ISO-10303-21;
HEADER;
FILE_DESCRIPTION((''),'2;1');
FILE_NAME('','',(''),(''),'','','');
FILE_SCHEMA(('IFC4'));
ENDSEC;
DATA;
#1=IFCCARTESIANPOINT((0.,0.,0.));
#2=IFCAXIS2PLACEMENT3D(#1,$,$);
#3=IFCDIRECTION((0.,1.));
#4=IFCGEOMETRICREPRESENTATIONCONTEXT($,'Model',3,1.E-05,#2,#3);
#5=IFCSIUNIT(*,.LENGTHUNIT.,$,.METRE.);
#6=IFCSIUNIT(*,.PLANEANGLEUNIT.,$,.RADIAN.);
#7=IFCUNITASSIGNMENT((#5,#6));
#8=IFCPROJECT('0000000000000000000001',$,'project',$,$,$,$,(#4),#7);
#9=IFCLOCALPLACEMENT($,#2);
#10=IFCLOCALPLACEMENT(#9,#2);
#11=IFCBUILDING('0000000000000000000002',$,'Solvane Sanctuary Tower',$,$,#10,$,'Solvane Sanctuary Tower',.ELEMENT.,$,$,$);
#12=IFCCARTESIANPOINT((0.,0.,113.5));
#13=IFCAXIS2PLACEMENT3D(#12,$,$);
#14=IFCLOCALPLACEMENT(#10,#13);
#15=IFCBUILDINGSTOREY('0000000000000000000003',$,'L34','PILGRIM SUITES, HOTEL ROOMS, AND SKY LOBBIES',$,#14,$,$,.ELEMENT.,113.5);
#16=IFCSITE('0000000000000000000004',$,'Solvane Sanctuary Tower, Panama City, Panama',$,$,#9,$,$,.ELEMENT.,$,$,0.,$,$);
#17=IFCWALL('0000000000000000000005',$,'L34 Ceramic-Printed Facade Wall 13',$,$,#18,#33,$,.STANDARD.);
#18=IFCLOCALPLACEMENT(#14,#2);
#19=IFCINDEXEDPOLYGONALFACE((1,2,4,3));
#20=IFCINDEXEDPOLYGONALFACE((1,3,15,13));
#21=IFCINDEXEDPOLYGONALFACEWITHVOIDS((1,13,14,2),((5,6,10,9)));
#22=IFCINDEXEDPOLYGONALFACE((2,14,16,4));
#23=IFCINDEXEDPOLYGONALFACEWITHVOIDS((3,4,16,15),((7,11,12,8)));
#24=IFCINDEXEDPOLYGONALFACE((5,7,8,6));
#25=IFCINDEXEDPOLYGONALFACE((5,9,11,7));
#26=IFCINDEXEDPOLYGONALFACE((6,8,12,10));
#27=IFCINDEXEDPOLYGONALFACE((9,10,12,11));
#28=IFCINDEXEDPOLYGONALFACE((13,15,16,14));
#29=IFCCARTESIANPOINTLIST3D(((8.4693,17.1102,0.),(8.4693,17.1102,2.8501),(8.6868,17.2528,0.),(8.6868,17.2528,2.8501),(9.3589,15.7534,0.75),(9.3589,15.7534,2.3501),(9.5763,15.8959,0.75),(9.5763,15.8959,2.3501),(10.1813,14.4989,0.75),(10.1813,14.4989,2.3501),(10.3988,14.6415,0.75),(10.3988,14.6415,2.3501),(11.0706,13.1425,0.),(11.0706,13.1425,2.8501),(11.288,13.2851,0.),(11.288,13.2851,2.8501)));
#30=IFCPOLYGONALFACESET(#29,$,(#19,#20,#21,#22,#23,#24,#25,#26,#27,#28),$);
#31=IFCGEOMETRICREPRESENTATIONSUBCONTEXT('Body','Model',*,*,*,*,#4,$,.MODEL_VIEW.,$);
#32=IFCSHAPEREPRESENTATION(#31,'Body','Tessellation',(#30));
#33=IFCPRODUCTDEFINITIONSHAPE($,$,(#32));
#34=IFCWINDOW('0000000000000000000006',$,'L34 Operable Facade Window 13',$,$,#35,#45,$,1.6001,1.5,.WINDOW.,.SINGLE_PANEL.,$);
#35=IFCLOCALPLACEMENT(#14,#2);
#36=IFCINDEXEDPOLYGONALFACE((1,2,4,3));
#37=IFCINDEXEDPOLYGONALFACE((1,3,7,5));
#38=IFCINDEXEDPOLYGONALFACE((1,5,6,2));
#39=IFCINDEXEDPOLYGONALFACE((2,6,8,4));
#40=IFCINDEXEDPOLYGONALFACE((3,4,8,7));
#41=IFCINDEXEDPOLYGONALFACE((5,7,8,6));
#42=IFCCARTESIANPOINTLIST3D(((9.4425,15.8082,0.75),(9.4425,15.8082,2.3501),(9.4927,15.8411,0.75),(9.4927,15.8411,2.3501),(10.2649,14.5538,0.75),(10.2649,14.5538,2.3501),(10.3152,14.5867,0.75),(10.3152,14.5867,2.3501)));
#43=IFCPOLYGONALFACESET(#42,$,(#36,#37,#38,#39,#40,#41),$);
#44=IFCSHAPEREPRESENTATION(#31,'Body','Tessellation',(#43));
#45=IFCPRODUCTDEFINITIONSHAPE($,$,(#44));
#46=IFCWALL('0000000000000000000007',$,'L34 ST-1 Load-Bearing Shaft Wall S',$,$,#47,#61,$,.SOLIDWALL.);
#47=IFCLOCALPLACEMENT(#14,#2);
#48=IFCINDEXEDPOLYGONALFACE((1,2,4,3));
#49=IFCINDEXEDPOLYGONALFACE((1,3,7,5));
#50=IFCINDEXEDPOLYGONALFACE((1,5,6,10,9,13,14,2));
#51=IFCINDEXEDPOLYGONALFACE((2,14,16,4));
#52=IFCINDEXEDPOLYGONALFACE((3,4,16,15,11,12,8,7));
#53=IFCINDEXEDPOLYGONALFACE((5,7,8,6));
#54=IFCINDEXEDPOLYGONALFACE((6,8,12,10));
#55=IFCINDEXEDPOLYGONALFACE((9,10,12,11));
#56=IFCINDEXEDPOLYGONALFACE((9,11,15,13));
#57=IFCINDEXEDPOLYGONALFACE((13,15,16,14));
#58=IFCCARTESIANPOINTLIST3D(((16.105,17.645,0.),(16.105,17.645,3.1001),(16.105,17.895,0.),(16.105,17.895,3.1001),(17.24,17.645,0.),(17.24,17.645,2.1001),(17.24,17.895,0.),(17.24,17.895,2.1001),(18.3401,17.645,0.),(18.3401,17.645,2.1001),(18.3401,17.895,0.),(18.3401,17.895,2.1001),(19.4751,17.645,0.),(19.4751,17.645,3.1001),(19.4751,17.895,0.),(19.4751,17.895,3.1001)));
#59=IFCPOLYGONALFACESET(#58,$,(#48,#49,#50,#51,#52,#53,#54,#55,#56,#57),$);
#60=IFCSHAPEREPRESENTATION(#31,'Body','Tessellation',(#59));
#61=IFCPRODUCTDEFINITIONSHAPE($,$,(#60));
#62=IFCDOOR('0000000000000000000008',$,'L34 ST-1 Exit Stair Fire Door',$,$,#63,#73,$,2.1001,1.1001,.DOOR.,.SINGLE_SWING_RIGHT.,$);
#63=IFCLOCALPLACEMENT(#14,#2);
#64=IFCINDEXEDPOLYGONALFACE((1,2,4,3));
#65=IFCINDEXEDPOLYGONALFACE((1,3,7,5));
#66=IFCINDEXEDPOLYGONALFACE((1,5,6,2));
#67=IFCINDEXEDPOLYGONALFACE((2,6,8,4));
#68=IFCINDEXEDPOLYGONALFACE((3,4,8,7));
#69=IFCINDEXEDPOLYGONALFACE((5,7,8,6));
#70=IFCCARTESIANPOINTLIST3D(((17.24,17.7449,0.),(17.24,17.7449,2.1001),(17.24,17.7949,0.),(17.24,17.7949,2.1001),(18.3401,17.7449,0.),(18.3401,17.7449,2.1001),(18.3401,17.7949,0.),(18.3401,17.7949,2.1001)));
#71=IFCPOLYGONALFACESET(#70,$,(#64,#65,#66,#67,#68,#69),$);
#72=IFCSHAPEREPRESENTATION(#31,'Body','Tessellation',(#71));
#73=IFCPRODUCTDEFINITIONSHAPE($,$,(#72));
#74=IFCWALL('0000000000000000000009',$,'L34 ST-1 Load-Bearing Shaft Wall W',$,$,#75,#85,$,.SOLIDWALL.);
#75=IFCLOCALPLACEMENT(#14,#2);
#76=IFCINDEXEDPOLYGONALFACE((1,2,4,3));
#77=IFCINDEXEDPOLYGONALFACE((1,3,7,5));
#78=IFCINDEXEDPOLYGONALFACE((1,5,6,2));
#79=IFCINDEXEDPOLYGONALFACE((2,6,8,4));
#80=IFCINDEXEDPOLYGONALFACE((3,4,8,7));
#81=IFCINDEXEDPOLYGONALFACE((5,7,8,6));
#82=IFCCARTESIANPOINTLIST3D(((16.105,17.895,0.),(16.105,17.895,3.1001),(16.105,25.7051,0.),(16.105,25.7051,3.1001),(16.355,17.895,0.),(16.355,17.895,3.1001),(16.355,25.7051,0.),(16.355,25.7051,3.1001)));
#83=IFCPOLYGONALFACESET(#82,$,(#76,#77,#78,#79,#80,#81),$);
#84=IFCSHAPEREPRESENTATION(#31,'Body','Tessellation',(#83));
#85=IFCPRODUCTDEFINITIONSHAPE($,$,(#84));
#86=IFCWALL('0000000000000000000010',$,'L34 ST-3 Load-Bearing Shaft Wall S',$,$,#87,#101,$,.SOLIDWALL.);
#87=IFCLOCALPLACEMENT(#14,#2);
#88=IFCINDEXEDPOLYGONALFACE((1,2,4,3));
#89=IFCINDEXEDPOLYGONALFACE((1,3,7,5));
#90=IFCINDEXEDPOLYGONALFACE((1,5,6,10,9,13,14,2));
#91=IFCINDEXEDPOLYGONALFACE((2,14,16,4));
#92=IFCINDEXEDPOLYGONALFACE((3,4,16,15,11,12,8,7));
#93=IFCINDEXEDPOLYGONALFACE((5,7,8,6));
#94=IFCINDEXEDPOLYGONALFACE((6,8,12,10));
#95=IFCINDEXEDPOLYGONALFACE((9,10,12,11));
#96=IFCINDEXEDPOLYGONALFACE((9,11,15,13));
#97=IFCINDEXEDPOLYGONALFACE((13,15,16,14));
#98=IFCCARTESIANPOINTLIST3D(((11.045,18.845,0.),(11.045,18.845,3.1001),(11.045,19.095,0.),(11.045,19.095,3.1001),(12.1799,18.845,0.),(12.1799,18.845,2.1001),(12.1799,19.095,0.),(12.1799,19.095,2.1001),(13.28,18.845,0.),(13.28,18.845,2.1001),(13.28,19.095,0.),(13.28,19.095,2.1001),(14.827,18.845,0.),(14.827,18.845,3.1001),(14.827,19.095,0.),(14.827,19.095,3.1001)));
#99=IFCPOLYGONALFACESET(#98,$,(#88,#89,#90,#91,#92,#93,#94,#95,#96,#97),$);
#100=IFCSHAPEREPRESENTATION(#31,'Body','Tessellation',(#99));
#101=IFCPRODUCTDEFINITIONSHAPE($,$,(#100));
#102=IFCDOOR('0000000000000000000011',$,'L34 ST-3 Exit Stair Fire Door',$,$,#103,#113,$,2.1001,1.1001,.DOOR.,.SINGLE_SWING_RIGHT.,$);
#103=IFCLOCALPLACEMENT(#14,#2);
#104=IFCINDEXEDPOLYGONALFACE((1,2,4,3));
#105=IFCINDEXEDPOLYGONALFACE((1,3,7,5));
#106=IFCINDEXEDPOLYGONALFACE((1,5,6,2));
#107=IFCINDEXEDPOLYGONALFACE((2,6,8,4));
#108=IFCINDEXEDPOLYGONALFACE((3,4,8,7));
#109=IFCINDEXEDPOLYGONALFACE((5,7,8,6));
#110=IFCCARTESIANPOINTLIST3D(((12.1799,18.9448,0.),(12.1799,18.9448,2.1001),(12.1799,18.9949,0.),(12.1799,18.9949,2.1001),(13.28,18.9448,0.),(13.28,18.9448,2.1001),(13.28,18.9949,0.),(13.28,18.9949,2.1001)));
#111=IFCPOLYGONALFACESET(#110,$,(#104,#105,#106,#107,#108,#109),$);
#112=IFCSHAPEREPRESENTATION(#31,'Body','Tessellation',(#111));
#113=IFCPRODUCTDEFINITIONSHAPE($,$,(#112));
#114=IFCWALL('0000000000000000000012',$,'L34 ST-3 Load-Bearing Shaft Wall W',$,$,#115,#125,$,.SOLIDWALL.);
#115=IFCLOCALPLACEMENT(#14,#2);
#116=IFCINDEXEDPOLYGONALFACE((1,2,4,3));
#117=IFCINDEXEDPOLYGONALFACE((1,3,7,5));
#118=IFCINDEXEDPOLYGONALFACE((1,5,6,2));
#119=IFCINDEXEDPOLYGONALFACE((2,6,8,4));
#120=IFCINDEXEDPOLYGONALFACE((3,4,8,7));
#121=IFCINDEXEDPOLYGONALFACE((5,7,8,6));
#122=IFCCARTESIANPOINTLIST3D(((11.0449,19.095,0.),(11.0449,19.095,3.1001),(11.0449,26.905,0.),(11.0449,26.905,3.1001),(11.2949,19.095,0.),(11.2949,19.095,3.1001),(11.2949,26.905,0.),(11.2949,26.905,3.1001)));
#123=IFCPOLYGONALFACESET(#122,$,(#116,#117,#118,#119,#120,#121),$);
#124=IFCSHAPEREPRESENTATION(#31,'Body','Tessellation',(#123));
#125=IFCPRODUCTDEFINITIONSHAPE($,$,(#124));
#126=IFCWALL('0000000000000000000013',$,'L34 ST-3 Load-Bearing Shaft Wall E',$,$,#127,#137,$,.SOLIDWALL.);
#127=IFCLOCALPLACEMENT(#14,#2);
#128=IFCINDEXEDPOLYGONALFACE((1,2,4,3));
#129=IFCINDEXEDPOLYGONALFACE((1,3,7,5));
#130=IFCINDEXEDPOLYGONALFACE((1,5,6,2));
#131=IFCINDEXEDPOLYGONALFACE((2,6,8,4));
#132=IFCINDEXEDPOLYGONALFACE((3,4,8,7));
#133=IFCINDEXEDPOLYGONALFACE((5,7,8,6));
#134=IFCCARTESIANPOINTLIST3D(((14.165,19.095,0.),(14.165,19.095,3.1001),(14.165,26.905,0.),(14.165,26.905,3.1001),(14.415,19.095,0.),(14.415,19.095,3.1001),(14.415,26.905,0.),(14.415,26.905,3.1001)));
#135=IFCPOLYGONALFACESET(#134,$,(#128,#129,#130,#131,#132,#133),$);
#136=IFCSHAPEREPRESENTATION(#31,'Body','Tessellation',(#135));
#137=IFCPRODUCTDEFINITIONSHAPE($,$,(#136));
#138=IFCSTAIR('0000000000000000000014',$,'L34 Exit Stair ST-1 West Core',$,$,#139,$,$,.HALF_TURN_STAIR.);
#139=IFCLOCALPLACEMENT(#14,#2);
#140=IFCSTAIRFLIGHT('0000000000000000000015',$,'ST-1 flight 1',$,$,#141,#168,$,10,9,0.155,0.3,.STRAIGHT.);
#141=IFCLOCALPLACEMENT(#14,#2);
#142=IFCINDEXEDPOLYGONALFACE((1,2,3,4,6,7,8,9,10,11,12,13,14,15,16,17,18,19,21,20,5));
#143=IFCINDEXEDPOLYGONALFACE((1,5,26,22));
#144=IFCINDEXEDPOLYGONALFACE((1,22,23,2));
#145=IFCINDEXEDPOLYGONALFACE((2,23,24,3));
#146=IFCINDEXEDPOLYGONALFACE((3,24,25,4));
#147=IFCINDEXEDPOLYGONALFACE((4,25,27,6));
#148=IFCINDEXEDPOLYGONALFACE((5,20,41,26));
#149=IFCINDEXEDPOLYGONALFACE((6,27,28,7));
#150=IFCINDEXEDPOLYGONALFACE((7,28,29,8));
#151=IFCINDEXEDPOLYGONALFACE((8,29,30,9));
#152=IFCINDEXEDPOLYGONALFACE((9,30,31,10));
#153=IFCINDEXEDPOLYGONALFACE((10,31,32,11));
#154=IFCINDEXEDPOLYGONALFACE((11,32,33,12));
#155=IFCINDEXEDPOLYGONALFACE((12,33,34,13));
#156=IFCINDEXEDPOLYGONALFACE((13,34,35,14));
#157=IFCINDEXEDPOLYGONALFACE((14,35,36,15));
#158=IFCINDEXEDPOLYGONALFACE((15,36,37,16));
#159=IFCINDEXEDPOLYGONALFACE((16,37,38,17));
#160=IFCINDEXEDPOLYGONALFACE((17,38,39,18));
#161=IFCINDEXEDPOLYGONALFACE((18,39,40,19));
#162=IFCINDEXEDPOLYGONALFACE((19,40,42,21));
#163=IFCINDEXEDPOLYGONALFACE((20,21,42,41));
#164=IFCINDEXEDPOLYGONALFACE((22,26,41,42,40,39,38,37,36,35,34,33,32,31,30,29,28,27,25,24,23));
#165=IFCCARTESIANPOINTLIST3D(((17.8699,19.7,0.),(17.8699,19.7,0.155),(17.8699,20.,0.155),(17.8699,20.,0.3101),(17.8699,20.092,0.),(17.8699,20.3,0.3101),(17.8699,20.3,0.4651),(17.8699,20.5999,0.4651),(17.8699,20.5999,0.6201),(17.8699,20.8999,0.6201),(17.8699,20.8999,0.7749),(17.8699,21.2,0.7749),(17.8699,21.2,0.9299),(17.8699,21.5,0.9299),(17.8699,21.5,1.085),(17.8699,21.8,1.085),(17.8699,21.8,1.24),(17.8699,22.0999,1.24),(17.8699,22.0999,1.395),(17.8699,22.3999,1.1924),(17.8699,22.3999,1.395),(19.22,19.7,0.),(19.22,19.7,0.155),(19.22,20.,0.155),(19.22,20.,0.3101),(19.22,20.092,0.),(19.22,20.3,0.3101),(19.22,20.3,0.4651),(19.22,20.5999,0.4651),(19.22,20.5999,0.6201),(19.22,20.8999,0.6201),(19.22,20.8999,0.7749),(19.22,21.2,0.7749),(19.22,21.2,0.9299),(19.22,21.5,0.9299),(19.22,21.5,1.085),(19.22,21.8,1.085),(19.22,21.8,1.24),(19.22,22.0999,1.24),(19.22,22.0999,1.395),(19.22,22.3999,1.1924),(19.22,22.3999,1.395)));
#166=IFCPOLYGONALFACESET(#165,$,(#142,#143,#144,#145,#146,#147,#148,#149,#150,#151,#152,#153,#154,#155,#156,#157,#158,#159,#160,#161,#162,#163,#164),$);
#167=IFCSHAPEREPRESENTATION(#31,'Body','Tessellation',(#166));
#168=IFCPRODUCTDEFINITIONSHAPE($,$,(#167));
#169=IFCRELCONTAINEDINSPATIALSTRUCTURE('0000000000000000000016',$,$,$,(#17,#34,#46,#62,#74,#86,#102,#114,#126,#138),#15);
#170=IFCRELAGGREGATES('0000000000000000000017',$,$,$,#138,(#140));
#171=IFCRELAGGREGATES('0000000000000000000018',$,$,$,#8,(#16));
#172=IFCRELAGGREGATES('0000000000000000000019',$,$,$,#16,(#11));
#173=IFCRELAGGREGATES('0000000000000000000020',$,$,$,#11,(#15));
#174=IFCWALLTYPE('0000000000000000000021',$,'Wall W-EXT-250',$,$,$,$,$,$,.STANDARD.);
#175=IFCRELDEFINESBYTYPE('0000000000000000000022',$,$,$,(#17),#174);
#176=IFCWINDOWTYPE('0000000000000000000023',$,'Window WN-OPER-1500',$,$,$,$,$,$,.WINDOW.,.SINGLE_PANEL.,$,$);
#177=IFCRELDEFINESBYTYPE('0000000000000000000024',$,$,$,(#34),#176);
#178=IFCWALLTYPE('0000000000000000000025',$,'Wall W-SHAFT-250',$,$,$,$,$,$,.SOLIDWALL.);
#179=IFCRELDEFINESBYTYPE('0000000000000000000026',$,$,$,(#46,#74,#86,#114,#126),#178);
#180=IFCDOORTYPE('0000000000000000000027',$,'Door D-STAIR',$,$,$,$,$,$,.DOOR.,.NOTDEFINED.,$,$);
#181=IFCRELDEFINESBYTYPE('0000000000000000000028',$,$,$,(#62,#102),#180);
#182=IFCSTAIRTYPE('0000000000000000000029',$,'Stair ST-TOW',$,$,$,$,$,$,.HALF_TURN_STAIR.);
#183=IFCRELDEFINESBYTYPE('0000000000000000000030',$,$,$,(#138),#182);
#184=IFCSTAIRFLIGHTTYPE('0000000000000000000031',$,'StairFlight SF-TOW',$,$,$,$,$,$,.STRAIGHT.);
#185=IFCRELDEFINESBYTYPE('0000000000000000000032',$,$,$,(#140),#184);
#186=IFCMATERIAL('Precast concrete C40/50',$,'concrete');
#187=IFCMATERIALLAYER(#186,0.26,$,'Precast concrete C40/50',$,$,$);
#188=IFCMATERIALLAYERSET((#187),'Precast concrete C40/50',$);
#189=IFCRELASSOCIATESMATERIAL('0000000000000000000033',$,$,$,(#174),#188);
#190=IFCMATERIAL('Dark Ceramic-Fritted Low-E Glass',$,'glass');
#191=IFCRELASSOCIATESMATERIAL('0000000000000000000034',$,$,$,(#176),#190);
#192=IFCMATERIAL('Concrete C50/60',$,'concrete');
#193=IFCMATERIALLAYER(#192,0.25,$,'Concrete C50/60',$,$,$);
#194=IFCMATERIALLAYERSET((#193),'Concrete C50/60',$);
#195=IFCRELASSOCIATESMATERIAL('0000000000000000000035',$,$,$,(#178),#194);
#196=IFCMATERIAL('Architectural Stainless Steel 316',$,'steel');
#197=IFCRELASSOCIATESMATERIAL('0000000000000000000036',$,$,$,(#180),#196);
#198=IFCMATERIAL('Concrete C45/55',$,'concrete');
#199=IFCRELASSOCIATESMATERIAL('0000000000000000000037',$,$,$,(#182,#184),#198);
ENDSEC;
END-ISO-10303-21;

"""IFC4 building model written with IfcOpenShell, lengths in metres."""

from ifc_helpers import new_model, si_unit, direction, frame, frame_2d, origin, place, context, subcontext, project, spatial, polyline, rectangle, outline, extrude, material, layer, layer_set, type_object, element, fill, aggregate, save


model = new_model("IFC4")

# Units and contexts
model_context = context("Model", 3, precision=1e-05, world=origin(), true_north=direction((0.0, 1.0)))
body_context = subcontext(model_context, "Body", "Model", "MODEL_VIEW")
ifc_project = project(units=[si_unit("LENGTHUNIT", "METRE"), si_unit("PLANEANGLEUNIT", "RADIAN")], contexts=[model_context])

# Site, building, storey
site_placement = place(None, origin())
site = spatial("IfcSite", under=ifc_project, at=site_placement, Name="Solvane Sanctuary Tower, Panama City, Panama", CompositionType="ELEMENT", RefElevation=0.0)
building_placement = place(site_placement, origin())
building = spatial("IfcBuilding", under=site, at=building_placement, Name="Solvane Sanctuary Tower", LongName="Solvane Sanctuary Tower", CompositionType="ELEMENT")
storey_placement = place(building_placement, frame((0.0, 0.0, 113.5)))
storey = spatial("IfcBuildingStorey", under=building, at=storey_placement, Name="L34", Description="PILGRIM SUITES, HOTEL ROOMS, AND SKY LOBBIES", CompositionType="ELEMENT", Elevation=113.5)

# Wall, opening, window
ifc_material_1 = material(Name="Precast concrete C40/50", Category="concrete")
ifc_layer_1 = layer(ifc_material_1, 0.26, Name="Precast concrete C40/50")
ifc_layer_set_1 = layer_set([ifc_layer_1], Name="Precast concrete C40/50")
wall_type_1 = type_object("IfcWallType", Name="Wall W-EXT-250", PredefinedType="STANDARD", material=ifc_layer_set_1)
wall_1_placement = place(storey_placement, frame((8.5781, 17.1814, 0.0), z_axis=(0.0, 0.0, 1.0), x_axis=(0.548283, -0.836293, 0.0)))
wall_1 = element("IfcWall", 1, at=wall_1_placement, inside=storey, type_object=wall_type_1, Name="L34 Ceramic-Printed Facade Wall 13", PredefinedType="STANDARD", context=body_context, shape_type="SweptSolid", body=[
    extrude(rectangle(XDim=4.7444, YDim=0.26, at=frame_2d((2.3721, 0.0))), origin(), (0.0, 0.0, 1.0), 2.8501),
])
opening_1_placement = place(wall_1_placement, frame((1.6223, 0.0, 0.75)))
opening_1 = element("IfcOpeningElement", 2, at=opening_1_placement, cuts=wall_1, PredefinedType="OPENING", context=body_context, shape_type="SweptSolid", body=[
    extrude(rectangle(XDim=1.5, YDim=1.6001, at=frame_2d((0.75, 0.8))), frame((0.0, 0.1399, 0.0), z_axis=(0.0, -1.0, 0.0), x_axis=(1.0, 0.0, 0.0)), (0.0, 0.0, 1.0), 0.28),
])
ifc_material_2 = material(Name="Dark Ceramic-Fritted Low-E Glass", Category="glass")
window_type = type_object("IfcWindowType", Name="Window WN-OPER-1500", PartitioningType="SINGLE_PANEL", PredefinedType="WINDOW", material=ifc_material_2)
window_placement = place(opening_1_placement, origin())
window = element("IfcWindow", 3, at=window_placement, inside=storey, type_object=window_type, Name="L34 Operable Facade Window 13", OverallHeight=1.6001, OverallWidth=1.5, PartitioningType="SINGLE_PANEL", PredefinedType="WINDOW", context=body_context, shape_type="SweptSolid", body=[
    extrude(rectangle(XDim=1.5, YDim=1.6001, at=frame_2d((0.75, 0.8))), frame((0.0, 0.03, 0.0), z_axis=(0.0, -1.0, 0.0), x_axis=(1.0, 0.0, 0.0)), (0.0, 0.0, 1.0), 0.0601),
])
fill(opening_1, window)

# Wall, opening, door
ifc_material_3 = material(Name="Concrete C50/60", Category="concrete")
ifc_layer_2 = layer(ifc_material_3, 0.25, Name="Concrete C50/60")
ifc_layer_set_2 = layer_set([ifc_layer_2], Name="Concrete C50/60")
wall_type_2 = type_object("IfcWallType", Name="Wall W-SHAFT-250", PredefinedType="SOLIDWALL", material=ifc_layer_set_2)
wall_2_placement = place(storey_placement, frame((16.105, 17.77, 0.0), z_axis=(0.0, 0.0, 1.0), x_axis=(1.0, 0.0, 0.0)))
wall_2 = element("IfcWall", 4, at=wall_2_placement, inside=storey, type_object=wall_type_2, Name="L34 ST-1 Load-Bearing Shaft Wall S", PredefinedType="SOLIDWALL", context=body_context, shape_type="SweptSolid", body=[
    extrude(rectangle(XDim=3.3701, YDim=0.25, at=frame_2d((1.6851, 0.0))), origin(), (0.0, 0.0, 1.0), 3.1001),
])
opening_2_placement = place(wall_2_placement, frame((1.135, 0.0, 0.0)))
opening_2 = element("IfcOpeningElement", 5, at=opening_2_placement, cuts=wall_2, PredefinedType="OPENING", context=body_context, shape_type="SweptSolid", body=[
    extrude(rectangle(XDim=1.1001, YDim=2.1001, at=frame_2d((0.55, 1.05))), frame((0.0, 0.135, 0.0), z_axis=(0.0, -1.0, 0.0), x_axis=(1.0, 0.0, 0.0)), (0.0, 0.0, 1.0), 0.27),
])
ifc_material_4 = material(Name="Architectural Stainless Steel 316", Category="steel")
door_type_1 = type_object("IfcDoorType", Name="Door D-STAIR", OperationType="NOTDEFINED", PredefinedType="DOOR", material=ifc_material_4)
door_1_placement = place(opening_2_placement, origin())
door_1 = element("IfcDoor", 6, at=door_1_placement, inside=storey, type_object=door_type_1, Name="L34 ST-1 Exit Stair Fire Door", OperationType="SINGLE_SWING_RIGHT", OverallHeight=2.1001, OverallWidth=1.1001, PredefinedType="DOOR", context=body_context, shape_type="SweptSolid", body=[
    extrude(rectangle(XDim=1.1001, YDim=2.1001, at=frame_2d((0.55, 1.05))), frame((0.0, 0.0249, 0.0), z_axis=(0.0, -1.0, 0.0), x_axis=(1.0, 0.0, 0.0)), (0.0, 0.0, 1.0), 0.05),
])
fill(opening_2, door_1)

# Wall
wall_3_placement = place(storey_placement, frame((16.23, 17.895, 0.0), z_axis=(0.0, 0.0, 1.0), x_axis=(0.0, 1.0, 0.0)))
element("IfcWall", 7, at=wall_3_placement, inside=storey, type_object=wall_type_2, Name="L34 ST-1 Load-Bearing Shaft Wall W", PredefinedType="SOLIDWALL", context=body_context, shape_type="SweptSolid", body=[
    extrude(rectangle(XDim=7.8101, YDim=0.25, at=frame_2d((3.905, 0.0))), origin(), (0.0, 0.0, 1.0), 3.1001),
])

# Wall, opening, door
wall_4_placement = place(storey_placement, frame((11.0449, 18.97, 0.0), z_axis=(0.0, 0.0, 1.0), x_axis=(1.0, 0.0, 0.0)))
wall_4 = element("IfcWall", 8, at=wall_4_placement, inside=storey, type_object=wall_type_2, Name="L34 ST-3 Load-Bearing Shaft Wall S", PredefinedType="SOLIDWALL", context=body_context, shape_type="SweptSolid", body=[
    extrude(rectangle(XDim=3.782, YDim=0.25, at=frame_2d((1.8911, 0.0))), origin(), (0.0, 0.0, 1.0), 3.1001),
])
opening_3_placement = place(wall_4_placement, frame((1.135, 0.0, 0.0)))
opening_3 = element("IfcOpeningElement", 9, at=opening_3_placement, cuts=wall_4, PredefinedType="OPENING", context=body_context, shape_type="SweptSolid", body=[
    extrude(rectangle(XDim=1.1001, YDim=2.1001, at=frame_2d((0.55, 1.05))), frame((0.0, 0.135, 0.0), z_axis=(0.0, -1.0, 0.0), x_axis=(1.0, 0.0, 0.0)), (0.0, 0.0, 1.0), 0.27),
])
door_2_placement = place(opening_3_placement, origin())
door_2 = element("IfcDoor", 10, at=door_2_placement, inside=storey, type_object=door_type_1, Name="L34 ST-3 Exit Stair Fire Door", OperationType="SINGLE_SWING_RIGHT", OverallHeight=2.1001, OverallWidth=1.1001, PredefinedType="DOOR", context=body_context, shape_type="SweptSolid", body=[
    extrude(rectangle(XDim=1.1001, YDim=2.1001, at=frame_2d((0.55, 1.05))), frame((0.0, 0.0249, 0.0), z_axis=(0.0, -1.0, 0.0), x_axis=(1.0, 0.0, 0.0)), (0.0, 0.0, 1.0), 0.05),
])
fill(opening_3, door_2)

# Walls
for number, where, z_axis, x_axis, name in (
    (11, (11.1699, 19.095, 0.0), (0.0, 0.0, 1.0), (0.0, 1.0, 0.0), "L34 ST-3 Load-Bearing Shaft Wall W"),
    (12, (14.29, 19.095, 0.0), (0.0, 0.0, 1.0), (0.0, 1.0, 0.0), "L34 ST-3 Load-Bearing Shaft Wall E"),
):
    element("IfcWall", number, at=place(storey_placement, frame(where, z_axis=z_axis, x_axis=x_axis)), inside=storey, type_object=wall_type_2, Name=name, PredefinedType="SOLIDWALL", context=body_context, shape_type="SweptSolid", body=[
        extrude(rectangle(XDim=7.8101, YDim=0.25, at=frame_2d((3.905, 0.0))), origin(), (0.0, 0.0, 1.0), 3.1001),
    ])

# Stair, stair flight
ifc_material_5 = material(Name="Concrete C45/55", Category="concrete")
stair_type = type_object("IfcStairType", Name="Stair ST-TOW", PredefinedType="HALF_TURN_STAIR", material=ifc_material_5)
stair_1_placement = place(storey_placement, origin())
stair_1 = element("IfcStair", 13, at=stair_1_placement, inside=storey, type_object=stair_type, Name="L34 Exit Stair ST-1 West Core", PredefinedType="HALF_TURN_STAIR")
stair_flight_type = type_object("IfcStairFlightType", Name="StairFlight SF-TOW", PredefinedType="STRAIGHT", material=ifc_material_5)
stair_flight_1_placement = place(storey_placement, frame((18.5449, 19.7, 0.0), z_axis=(0.0, 0.0, 1.0), x_axis=(0.0, 1.0, 0.0)))
stair_flight_1 = element("IfcStairFlight", 14, at=stair_flight_1_placement, type_object=stair_flight_type, Name="ST-1 flight 1", NumberOfRisers=10, NumberOfTreads=9, PredefinedType="STRAIGHT", RiserHeight=0.155, TreadLength=0.3, context=body_context, shape_type="SweptSolid", body=[
    extrude(outline(polyline([(0.0, 0.0), (0.0, 0.155), (0.3, 0.155), (0.3, 0.3101), (0.6001, 0.3101), (0.6001, 0.4651), (0.8999, 0.4651), (0.8999, 0.6201), (1.2, 0.6201), (1.2, 0.7749), (1.5, 0.7749), (1.5, 0.9299), (1.8, 0.9299), (1.8, 1.085), (2.1001, 1.085), (2.1001, 1.24), (2.3999, 1.24), (2.3999, 1.395), (2.7, 1.395), (2.7, 1.55), (2.7, 1.1924), (0.3921, 0.0), (0.0, 0.0)])), frame((0.0, 0.675, 0.0), z_axis=(0.0, -1.0, 0.0), x_axis=(1.0, 0.0, 0.0)), (0.0, 0.0, 1.0), 1.3501),
])
aggregate(stair_1, [stair_flight_1])

save(model, "model.ifc")
